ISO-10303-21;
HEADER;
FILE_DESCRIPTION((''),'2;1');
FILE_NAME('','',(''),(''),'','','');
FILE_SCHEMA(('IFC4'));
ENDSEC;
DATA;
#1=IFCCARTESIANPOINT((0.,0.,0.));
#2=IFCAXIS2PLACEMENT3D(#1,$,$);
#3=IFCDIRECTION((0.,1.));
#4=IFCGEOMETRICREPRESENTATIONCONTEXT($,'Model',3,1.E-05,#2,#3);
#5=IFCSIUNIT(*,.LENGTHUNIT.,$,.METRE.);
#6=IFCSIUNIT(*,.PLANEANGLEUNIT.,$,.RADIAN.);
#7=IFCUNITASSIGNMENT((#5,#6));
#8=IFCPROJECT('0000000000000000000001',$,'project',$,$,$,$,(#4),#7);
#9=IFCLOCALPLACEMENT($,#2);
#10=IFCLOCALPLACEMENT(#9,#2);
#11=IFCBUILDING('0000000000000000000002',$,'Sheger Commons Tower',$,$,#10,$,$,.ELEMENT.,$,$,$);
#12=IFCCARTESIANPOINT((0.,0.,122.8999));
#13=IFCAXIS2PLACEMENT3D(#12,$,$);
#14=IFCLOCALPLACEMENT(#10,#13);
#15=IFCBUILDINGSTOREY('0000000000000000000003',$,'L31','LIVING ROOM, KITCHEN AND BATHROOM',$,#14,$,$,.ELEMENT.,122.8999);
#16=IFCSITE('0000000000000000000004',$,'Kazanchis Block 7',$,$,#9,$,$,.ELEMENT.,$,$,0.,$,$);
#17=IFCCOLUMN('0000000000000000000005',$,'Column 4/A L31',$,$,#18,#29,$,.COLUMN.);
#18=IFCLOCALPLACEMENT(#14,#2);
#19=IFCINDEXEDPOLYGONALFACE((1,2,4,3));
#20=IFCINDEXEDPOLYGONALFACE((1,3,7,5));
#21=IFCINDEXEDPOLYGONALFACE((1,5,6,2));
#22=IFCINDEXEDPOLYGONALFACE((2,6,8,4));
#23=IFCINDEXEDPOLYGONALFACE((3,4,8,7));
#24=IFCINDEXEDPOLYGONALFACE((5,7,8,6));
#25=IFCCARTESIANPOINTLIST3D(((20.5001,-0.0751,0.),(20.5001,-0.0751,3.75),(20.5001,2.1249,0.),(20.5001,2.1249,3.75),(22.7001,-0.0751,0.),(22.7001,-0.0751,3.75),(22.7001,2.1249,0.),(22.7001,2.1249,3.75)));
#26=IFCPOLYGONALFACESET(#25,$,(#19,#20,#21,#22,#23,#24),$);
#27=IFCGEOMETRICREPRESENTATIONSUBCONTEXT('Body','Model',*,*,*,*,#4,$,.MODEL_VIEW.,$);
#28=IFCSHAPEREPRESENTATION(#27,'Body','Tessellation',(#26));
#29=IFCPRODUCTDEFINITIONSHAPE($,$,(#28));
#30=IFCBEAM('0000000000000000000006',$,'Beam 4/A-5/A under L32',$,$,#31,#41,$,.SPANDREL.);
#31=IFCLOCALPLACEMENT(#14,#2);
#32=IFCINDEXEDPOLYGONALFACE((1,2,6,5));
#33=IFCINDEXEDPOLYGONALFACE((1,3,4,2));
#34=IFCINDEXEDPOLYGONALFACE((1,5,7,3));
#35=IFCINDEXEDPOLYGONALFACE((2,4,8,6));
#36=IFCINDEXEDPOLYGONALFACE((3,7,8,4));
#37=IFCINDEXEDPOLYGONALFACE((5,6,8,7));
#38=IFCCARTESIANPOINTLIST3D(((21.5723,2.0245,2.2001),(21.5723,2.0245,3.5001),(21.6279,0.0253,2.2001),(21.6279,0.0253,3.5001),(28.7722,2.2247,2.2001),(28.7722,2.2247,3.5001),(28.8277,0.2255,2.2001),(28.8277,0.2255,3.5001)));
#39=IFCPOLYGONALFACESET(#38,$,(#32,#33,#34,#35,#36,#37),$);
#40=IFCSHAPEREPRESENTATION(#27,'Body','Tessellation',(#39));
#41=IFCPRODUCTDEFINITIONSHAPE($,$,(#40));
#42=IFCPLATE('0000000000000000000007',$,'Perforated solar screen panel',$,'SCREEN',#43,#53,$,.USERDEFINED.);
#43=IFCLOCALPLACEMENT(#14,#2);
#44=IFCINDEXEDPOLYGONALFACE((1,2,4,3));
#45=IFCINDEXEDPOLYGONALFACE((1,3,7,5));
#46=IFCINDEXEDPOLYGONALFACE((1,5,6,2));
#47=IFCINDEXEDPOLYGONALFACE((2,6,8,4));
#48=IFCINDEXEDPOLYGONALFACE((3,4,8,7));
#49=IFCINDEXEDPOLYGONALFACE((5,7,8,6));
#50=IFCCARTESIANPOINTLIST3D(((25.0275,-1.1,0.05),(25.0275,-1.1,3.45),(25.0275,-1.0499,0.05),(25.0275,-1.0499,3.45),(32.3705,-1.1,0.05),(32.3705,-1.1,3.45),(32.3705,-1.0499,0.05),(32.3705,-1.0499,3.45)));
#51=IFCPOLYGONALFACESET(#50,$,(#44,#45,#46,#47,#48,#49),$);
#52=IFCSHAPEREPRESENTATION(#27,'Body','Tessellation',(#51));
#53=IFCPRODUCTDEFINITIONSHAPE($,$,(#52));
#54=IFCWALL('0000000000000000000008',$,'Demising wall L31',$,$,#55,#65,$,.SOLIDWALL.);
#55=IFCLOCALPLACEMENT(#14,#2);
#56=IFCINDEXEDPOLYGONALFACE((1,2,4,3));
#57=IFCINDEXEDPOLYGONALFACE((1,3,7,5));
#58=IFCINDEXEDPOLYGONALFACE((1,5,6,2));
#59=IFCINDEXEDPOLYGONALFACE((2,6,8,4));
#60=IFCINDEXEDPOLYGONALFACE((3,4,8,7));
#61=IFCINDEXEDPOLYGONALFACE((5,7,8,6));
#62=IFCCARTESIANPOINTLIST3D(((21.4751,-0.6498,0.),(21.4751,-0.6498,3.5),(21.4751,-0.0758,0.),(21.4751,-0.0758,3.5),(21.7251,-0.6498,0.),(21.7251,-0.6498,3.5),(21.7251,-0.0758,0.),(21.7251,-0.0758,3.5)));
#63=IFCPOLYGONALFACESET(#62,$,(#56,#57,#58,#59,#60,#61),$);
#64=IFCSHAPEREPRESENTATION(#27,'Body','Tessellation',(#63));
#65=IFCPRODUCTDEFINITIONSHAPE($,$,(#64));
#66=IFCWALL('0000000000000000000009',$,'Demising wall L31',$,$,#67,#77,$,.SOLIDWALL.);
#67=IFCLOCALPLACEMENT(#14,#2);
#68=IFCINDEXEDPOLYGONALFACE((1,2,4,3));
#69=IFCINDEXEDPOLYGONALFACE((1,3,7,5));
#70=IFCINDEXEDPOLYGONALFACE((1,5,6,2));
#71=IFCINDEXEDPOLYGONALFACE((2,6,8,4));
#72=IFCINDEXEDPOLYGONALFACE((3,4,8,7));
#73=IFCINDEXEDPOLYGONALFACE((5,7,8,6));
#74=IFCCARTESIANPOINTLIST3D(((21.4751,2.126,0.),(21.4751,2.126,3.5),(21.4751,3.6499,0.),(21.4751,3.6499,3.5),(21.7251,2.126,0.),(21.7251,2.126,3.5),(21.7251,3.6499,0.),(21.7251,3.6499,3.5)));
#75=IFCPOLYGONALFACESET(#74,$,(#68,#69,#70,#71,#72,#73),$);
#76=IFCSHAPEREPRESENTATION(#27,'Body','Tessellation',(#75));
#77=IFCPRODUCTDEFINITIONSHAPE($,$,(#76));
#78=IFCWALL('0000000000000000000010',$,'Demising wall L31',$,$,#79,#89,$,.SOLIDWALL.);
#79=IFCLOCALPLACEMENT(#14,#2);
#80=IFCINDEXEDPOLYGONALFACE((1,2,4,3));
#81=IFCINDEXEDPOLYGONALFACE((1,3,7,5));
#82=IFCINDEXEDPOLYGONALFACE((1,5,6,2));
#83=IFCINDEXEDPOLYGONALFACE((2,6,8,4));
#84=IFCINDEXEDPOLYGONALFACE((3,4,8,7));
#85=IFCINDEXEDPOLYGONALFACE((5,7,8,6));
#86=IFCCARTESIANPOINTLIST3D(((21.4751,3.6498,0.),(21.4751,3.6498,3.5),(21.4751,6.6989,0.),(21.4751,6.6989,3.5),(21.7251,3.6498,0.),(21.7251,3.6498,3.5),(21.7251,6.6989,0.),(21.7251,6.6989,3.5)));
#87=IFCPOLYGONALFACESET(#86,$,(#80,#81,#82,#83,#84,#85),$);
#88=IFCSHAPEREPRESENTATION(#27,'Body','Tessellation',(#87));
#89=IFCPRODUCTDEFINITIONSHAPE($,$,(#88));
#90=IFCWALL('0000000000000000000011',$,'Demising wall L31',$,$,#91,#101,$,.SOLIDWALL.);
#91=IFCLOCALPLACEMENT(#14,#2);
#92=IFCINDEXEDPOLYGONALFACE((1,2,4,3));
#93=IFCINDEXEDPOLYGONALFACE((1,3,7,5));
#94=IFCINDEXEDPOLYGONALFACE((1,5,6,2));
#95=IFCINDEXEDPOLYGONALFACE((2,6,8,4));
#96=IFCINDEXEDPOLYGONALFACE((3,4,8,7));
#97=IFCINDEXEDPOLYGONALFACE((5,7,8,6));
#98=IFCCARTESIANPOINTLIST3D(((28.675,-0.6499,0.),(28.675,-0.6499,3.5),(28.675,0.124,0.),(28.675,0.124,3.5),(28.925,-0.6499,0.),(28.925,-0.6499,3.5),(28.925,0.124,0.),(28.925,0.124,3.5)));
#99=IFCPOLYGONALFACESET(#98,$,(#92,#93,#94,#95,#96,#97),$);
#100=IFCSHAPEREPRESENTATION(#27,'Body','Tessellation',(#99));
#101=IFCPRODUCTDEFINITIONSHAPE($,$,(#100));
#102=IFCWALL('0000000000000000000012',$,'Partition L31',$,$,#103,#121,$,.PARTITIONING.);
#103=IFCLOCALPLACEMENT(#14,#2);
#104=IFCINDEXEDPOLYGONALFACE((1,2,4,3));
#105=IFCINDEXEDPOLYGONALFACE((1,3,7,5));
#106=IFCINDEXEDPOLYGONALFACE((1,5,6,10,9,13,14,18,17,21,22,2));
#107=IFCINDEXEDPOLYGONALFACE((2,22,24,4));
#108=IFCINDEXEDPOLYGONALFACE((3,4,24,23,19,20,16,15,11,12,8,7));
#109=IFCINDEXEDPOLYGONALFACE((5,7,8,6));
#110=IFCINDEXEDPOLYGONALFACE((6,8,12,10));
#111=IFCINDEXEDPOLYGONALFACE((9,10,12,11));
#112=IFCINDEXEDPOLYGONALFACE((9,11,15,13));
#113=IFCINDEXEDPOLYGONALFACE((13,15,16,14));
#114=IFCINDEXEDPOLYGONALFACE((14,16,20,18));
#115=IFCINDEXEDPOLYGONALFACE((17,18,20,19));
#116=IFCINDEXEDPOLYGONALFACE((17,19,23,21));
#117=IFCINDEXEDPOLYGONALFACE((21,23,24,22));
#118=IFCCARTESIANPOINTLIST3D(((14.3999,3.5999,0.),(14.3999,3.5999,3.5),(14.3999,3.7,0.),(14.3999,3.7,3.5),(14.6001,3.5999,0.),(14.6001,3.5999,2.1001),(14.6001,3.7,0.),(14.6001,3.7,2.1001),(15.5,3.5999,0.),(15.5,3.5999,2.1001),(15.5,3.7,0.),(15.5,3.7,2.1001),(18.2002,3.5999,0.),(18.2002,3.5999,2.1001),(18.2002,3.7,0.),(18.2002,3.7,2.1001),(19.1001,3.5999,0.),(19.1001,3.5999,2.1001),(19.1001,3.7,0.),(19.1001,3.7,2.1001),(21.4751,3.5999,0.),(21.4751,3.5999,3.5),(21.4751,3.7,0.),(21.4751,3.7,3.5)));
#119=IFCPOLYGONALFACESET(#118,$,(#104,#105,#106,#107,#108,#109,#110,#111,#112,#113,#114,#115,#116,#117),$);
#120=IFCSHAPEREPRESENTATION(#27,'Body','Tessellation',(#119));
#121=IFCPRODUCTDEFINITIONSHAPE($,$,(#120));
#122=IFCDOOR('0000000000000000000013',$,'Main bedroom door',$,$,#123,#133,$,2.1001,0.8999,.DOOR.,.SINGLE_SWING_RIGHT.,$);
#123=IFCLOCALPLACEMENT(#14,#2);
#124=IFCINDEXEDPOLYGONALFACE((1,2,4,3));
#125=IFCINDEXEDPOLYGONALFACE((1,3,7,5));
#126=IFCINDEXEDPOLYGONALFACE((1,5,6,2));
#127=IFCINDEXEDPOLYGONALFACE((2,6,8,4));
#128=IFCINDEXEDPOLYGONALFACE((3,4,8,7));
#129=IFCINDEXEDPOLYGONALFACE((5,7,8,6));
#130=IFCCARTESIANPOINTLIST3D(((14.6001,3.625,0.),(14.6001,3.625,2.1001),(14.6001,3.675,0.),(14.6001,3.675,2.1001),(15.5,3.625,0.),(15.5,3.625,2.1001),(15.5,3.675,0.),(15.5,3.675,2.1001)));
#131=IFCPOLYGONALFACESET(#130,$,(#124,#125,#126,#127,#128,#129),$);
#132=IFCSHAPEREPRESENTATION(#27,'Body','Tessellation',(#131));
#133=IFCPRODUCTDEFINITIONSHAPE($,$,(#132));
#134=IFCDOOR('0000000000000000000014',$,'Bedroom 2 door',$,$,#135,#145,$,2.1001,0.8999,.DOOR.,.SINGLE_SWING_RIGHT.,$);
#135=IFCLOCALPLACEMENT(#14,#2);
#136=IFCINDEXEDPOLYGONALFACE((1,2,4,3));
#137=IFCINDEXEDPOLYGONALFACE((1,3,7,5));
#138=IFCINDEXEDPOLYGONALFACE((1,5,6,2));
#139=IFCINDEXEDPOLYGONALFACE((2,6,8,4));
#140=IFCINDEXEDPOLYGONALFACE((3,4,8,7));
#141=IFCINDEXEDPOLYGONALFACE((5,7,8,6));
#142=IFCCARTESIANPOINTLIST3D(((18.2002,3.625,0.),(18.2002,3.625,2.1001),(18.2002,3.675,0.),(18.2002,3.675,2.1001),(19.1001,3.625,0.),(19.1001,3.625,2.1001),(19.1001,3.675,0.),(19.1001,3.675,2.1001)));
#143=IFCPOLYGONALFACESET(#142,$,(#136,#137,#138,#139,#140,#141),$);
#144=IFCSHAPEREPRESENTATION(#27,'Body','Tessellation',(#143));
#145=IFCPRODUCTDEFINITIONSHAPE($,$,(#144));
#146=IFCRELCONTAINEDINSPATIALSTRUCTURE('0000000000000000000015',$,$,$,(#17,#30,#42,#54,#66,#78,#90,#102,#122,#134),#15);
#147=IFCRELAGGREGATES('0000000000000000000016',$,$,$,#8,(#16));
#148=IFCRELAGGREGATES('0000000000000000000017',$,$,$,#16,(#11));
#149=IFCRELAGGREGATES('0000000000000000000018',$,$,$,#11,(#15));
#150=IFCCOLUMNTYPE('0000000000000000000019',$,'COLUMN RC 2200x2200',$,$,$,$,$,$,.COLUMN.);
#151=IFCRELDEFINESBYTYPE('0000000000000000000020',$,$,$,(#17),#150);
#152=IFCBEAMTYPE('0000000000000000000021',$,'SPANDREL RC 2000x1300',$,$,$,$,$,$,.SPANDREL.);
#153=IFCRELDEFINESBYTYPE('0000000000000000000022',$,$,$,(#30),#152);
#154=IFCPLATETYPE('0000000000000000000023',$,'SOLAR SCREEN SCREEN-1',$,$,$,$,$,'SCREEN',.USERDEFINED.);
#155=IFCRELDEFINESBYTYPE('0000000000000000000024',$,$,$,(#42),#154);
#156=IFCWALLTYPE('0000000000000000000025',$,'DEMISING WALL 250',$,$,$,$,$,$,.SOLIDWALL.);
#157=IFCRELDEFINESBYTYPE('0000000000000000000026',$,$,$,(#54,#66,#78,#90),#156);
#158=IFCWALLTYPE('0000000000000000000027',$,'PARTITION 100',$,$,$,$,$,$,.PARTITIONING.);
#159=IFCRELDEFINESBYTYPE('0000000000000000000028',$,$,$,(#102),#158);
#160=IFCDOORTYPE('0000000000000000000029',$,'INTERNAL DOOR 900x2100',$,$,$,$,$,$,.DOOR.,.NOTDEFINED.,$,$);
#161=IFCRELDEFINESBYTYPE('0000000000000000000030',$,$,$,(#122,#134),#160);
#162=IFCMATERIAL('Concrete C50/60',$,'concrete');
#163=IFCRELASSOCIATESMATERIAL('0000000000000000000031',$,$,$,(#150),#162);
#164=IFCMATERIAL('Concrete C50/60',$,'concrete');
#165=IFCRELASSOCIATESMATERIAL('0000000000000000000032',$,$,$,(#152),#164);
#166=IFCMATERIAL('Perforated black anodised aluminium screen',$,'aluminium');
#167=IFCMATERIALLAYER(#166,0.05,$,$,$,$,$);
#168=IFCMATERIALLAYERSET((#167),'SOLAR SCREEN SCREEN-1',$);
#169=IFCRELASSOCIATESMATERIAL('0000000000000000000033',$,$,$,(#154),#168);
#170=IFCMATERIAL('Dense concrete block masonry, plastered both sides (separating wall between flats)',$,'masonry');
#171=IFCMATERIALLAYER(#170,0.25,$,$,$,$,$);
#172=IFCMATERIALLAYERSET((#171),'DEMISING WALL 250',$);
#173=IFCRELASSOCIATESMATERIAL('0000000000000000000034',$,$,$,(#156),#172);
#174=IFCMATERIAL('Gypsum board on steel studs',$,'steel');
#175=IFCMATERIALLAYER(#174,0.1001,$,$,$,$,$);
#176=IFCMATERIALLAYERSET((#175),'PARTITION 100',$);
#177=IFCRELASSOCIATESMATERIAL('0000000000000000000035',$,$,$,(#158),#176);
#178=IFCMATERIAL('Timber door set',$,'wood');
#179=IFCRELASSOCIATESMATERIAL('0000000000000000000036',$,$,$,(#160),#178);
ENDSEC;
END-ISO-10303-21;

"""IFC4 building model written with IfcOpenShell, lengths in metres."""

from ifc_helpers import new_model, si_unit, direction, frame, frame_2d, origin, origin_2d, place, context, subcontext, project, spatial, rectangle, extrude, material, layer, layer_set, material_profile, profile_set, type_object, element, fill, save


model = new_model("IFC4")

# Units and contexts
model_context = context("Model", 3, precision=1e-05, world=origin(), true_north=direction((0.0, 1.0)))
body_context = subcontext(model_context, "Body", "Model", "MODEL_VIEW")
ifc_project = project(units=[si_unit("LENGTHUNIT", "METRE"), si_unit("PLANEANGLEUNIT", "RADIAN")], contexts=[model_context])

# Site, building, storey
site_placement = place(None, origin())
site = spatial("IfcSite", under=ifc_project, at=site_placement, Name="Kazanchis Block 7", CompositionType="ELEMENT", RefElevation=0.0)
building_placement = place(site_placement, origin())
building = spatial("IfcBuilding", under=site, at=building_placement, Name="Sheger Commons Tower", CompositionType="ELEMENT")
storey_placement = place(building_placement, frame((0.0, 0.0, 122.8999)))
storey = spatial("IfcBuildingStorey", under=building, at=storey_placement, Name="L31", Description="LIVING ROOM, KITCHEN AND BATHROOM", CompositionType="ELEMENT", Elevation=122.8999)

# Column
ifc_material_1 = material(Name="Concrete C50/60", Category="concrete")
ifc_material_profile_1 = material_profile(ifc_material_1, rectangle(XDim=2.2, YDim=2.2, at=origin_2d()), Name="RC 2200x2200")
ifc_profile_set_1 = profile_set([ifc_material_profile_1], Name="Concrete C50/60")
column_type = type_object("IfcColumnType", Name="COLUMN RC 2200x2200", PredefinedType="COLUMN", material=ifc_profile_set_1)
column_placement = place(storey_placement, frame((21.6001, 1.0249, 0.0), z_axis=(0.0, 0.0, 1.0), x_axis=(1.0, 0.0, 0.0)))
element("IfcColumn", 1, at=column_placement, inside=storey, type_object=column_type, Name="Column 4/A L31", PredefinedType="COLUMN", context=body_context, shape_type="SweptSolid", body=[
    extrude(rectangle(XDim=2.2, YDim=2.2, at=origin_2d()), origin(), (0.0, 0.0, 1.0), 3.75),
])

# Beam
ifc_material_2 = material(Name="Concrete C50/60", Category="concrete")
ifc_material_profile_2 = material_profile(ifc_material_2, rectangle(XDim=2.0, YDim=1.3, at=origin_2d()), Name="RC 2000x1300")
ifc_profile_set_2 = profile_set([ifc_material_profile_2], Name="Concrete C50/60")
beam_type = type_object("IfcBeamType", Name="SPANDREL RC 2000x1300", PredefinedType="SPANDREL", material=ifc_profile_set_2)
beam_placement = place(storey_placement, frame((21.6001, 1.0249, 2.8501), z_axis=(0.999614, 0.027794, 0.0), x_axis=(-0.027794, 0.999614, 0.0)))
element("IfcBeam", 2, at=beam_placement, inside=storey, type_object=beam_type, Name="Beam 4/A-5/A under L32", PredefinedType="SPANDREL", context=body_context, shape_type="SweptSolid", body=[
    extrude(rectangle(XDim=2.0, YDim=1.3, at=origin_2d()), origin(), (0.0, 0.0, 1.0), 7.2026),
])

# Plate
ifc_material_3 = material(Name="Perforated black anodised aluminium screen", Category="aluminium")
ifc_layer_1 = layer(ifc_material_3, 0.05)
ifc_layer_set_1 = layer_set([ifc_layer_1], Name="SOLAR SCREEN SCREEN-1")
plate_type = type_object("IfcPlateType", Name="SOLAR SCREEN SCREEN-1", ElementType="SCREEN", PredefinedType="USERDEFINED", material=ifc_layer_set_1)
plate_placement = place(storey_placement, frame((28.699, -1.075, 0.05), z_axis=(0.0, 0.0, 1.0), x_axis=(1.0, 0.0, 0.0)))
element("IfcPlate", 3, at=plate_placement, inside=storey, type_object=plate_type, Name="Perforated solar screen panel", ObjectType="SCREEN", PredefinedType="USERDEFINED", context=body_context, shape_type="SweptSolid", body=[
    extrude(rectangle(XDim=7.343, YDim=0.05, at=origin_2d()), origin(), (0.0, 0.0, 1.0), 3.3999),
])

# Walls
ifc_material_4 = material(Name="Dense concrete block masonry, plastered both sides (separating wall between flats)", Category="masonry")
ifc_layer_2 = layer(ifc_material_4, 0.25)
ifc_layer_set_2 = layer_set([ifc_layer_2], Name="DEMISING WALL 250")
wall_type_1 = type_object("IfcWallType", Name="DEMISING WALL 250", PredefinedType="SOLIDWALL", material=ifc_layer_set_2)
wall_1_placement = place(storey_placement, frame((21.6001, -0.6499, 0.0), z_axis=(0.0, 0.0, 1.0), x_axis=(0.0, 1.0, 0.0)))
element("IfcWall", 4, at=wall_1_placement, inside=storey, type_object=wall_type_1, Name="Demising wall L31", PredefinedType="SOLIDWALL", context=body_context, shape_type="SweptSolid", body=[
    extrude(rectangle(XDim=0.574, YDim=0.25, at=frame_2d((0.2871, 0.0))), origin(), (0.0, 0.0, 1.0), 3.5),
])
wall_2_placement = place(storey_placement, frame((21.6001, 2.126, 0.0), z_axis=(0.0, 0.0, 1.0), x_axis=(0.0, 1.0, 0.0)))
element("IfcWall", 5, at=wall_2_placement, inside=storey, type_object=wall_type_1, Name="Demising wall L31", PredefinedType="SOLIDWALL", context=body_context, shape_type="SweptSolid", body=[
    extrude(rectangle(XDim=1.5239, YDim=0.25, at=frame_2d((0.762, 0.0))), origin(), (0.0, 0.0, 1.0), 3.5),
])
wall_3_placement = place(storey_placement, frame((21.6001, 3.6499, 0.0), z_axis=(0.0, 0.0, 1.0), x_axis=(0.0, 1.0, 0.0)))
element("IfcWall", 6, at=wall_3_placement, inside=storey, type_object=wall_type_1, Name="Demising wall L31", PredefinedType="SOLIDWALL", context=body_context, shape_type="SweptSolid", body=[
    extrude(rectangle(XDim=3.0491, YDim=0.25, at=frame_2d((1.5244, 0.0))), origin(), (0.0, 0.0, 1.0), 3.5),
])
wall_4_placement = place(storey_placement, frame((28.8, -0.6499, 0.0), z_axis=(0.0, 0.0, 1.0), x_axis=(0.0, 1.0, 0.0)))
element("IfcWall", 7, at=wall_4_placement, inside=storey, type_object=wall_type_1, Name="Demising wall L31", PredefinedType="SOLIDWALL", context=body_context, shape_type="SweptSolid", body=[
    extrude(rectangle(XDim=0.7739, YDim=0.25, at=frame_2d((0.387, 0.0))), origin(), (0.0, 0.0, 1.0), 3.5),
])

# Wall, openings, doors
ifc_material_5 = material(Name="Gypsum board on steel studs", Category="steel")
ifc_layer_3 = layer(ifc_material_5, 0.1001)
ifc_layer_set_3 = layer_set([ifc_layer_3], Name="PARTITION 100")
wall_type_2 = type_object("IfcWallType", Name="PARTITION 100", PredefinedType="PARTITIONING", material=ifc_layer_set_3)
wall_5_placement = place(storey_placement, frame((21.4751, 3.6499, 0.0), z_axis=(0.0, 0.0, 1.0), x_axis=(-1.0, 0.0, 0.0)))
wall_5 = element("IfcWall", 8, at=wall_5_placement, inside=storey, type_object=wall_type_2, Name="Partition L31", PredefinedType="PARTITIONING", context=body_context, shape_type="SweptSolid", body=[
    extrude(rectangle(XDim=7.0752, YDim=0.1001, at=frame_2d((3.5376, 0.0))), origin(), (0.0, 0.0, 1.0), 3.5),
])
opening_1_placement = place(wall_5_placement, frame((5.9751, 0.0, 0.0)))
opening_1 = element("IfcOpeningElement", 9, at=opening_1_placement, cuts=wall_5, PredefinedType="OPENING", context=body_context, shape_type="SweptSolid", body=[
    extrude(rectangle(XDim=0.8999, YDim=2.1001, at=frame_2d((0.45, 1.05))), frame((0.0, 0.0601, 0.0), z_axis=(0.0, -1.0, 0.0), x_axis=(1.0, 0.0, 0.0)), (0.0, 0.0, 1.0), 0.1201),
])
opening_2_placement = place(wall_5_placement, frame((2.375, 0.0, 0.0)))
opening_2 = element("IfcOpeningElement", 10, at=opening_2_placement, cuts=wall_5, PredefinedType="OPENING", context=body_context, shape_type="SweptSolid", body=[
    extrude(rectangle(XDim=0.8999, YDim=2.1001, at=frame_2d((0.45, 1.05))), frame((0.0, 0.0601, 0.0), z_axis=(0.0, -1.0, 0.0), x_axis=(1.0, 0.0, 0.0)), (0.0, 0.0, 1.0), 0.1201),
])
ifc_material_6 = material(Name="Timber door set", Category="wood")
door_type = type_object("IfcDoorType", Name="INTERNAL DOOR 900x2100", OperationType="NOTDEFINED", PredefinedType="DOOR", material=ifc_material_6)
door_1_placement = place(opening_1_placement, origin())
door_1 = element("IfcDoor", 11, at=door_1_placement, inside=storey, type_object=door_type, Name="Main bedroom door", OperationType="SINGLE_SWING_RIGHT", OverallHeight=2.1001, OverallWidth=0.8999, PredefinedType="DOOR", context=body_context, shape_type="SweptSolid", body=[
    extrude(rectangle(XDim=0.8999, YDim=2.1001, at=frame_2d((0.45, 1.05))), frame((0.0, 0.0249, 0.0), z_axis=(0.0, -1.0, 0.0), x_axis=(1.0, 0.0, 0.0)), (0.0, 0.0, 1.0), 0.05),
])
fill(opening_1, door_1)
door_2_placement = place(opening_2_placement, origin())
door_2 = element("IfcDoor", 12, at=door_2_placement, inside=storey, type_object=door_type, Name="Bedroom 2 door", OperationType="SINGLE_SWING_RIGHT", OverallHeight=2.1001, OverallWidth=0.8999, PredefinedType="DOOR", context=body_context, shape_type="SweptSolid", body=[
    extrude(rectangle(XDim=0.8999, YDim=2.1001, at=frame_2d((0.45, 1.05))), frame((0.0, 0.0249, 0.0), z_axis=(0.0, -1.0, 0.0), x_axis=(1.0, 0.0, 0.0)), (0.0, 0.0, 1.0), 0.05),
])
fill(opening_2, door_2)

save(model, "model.ifc")
